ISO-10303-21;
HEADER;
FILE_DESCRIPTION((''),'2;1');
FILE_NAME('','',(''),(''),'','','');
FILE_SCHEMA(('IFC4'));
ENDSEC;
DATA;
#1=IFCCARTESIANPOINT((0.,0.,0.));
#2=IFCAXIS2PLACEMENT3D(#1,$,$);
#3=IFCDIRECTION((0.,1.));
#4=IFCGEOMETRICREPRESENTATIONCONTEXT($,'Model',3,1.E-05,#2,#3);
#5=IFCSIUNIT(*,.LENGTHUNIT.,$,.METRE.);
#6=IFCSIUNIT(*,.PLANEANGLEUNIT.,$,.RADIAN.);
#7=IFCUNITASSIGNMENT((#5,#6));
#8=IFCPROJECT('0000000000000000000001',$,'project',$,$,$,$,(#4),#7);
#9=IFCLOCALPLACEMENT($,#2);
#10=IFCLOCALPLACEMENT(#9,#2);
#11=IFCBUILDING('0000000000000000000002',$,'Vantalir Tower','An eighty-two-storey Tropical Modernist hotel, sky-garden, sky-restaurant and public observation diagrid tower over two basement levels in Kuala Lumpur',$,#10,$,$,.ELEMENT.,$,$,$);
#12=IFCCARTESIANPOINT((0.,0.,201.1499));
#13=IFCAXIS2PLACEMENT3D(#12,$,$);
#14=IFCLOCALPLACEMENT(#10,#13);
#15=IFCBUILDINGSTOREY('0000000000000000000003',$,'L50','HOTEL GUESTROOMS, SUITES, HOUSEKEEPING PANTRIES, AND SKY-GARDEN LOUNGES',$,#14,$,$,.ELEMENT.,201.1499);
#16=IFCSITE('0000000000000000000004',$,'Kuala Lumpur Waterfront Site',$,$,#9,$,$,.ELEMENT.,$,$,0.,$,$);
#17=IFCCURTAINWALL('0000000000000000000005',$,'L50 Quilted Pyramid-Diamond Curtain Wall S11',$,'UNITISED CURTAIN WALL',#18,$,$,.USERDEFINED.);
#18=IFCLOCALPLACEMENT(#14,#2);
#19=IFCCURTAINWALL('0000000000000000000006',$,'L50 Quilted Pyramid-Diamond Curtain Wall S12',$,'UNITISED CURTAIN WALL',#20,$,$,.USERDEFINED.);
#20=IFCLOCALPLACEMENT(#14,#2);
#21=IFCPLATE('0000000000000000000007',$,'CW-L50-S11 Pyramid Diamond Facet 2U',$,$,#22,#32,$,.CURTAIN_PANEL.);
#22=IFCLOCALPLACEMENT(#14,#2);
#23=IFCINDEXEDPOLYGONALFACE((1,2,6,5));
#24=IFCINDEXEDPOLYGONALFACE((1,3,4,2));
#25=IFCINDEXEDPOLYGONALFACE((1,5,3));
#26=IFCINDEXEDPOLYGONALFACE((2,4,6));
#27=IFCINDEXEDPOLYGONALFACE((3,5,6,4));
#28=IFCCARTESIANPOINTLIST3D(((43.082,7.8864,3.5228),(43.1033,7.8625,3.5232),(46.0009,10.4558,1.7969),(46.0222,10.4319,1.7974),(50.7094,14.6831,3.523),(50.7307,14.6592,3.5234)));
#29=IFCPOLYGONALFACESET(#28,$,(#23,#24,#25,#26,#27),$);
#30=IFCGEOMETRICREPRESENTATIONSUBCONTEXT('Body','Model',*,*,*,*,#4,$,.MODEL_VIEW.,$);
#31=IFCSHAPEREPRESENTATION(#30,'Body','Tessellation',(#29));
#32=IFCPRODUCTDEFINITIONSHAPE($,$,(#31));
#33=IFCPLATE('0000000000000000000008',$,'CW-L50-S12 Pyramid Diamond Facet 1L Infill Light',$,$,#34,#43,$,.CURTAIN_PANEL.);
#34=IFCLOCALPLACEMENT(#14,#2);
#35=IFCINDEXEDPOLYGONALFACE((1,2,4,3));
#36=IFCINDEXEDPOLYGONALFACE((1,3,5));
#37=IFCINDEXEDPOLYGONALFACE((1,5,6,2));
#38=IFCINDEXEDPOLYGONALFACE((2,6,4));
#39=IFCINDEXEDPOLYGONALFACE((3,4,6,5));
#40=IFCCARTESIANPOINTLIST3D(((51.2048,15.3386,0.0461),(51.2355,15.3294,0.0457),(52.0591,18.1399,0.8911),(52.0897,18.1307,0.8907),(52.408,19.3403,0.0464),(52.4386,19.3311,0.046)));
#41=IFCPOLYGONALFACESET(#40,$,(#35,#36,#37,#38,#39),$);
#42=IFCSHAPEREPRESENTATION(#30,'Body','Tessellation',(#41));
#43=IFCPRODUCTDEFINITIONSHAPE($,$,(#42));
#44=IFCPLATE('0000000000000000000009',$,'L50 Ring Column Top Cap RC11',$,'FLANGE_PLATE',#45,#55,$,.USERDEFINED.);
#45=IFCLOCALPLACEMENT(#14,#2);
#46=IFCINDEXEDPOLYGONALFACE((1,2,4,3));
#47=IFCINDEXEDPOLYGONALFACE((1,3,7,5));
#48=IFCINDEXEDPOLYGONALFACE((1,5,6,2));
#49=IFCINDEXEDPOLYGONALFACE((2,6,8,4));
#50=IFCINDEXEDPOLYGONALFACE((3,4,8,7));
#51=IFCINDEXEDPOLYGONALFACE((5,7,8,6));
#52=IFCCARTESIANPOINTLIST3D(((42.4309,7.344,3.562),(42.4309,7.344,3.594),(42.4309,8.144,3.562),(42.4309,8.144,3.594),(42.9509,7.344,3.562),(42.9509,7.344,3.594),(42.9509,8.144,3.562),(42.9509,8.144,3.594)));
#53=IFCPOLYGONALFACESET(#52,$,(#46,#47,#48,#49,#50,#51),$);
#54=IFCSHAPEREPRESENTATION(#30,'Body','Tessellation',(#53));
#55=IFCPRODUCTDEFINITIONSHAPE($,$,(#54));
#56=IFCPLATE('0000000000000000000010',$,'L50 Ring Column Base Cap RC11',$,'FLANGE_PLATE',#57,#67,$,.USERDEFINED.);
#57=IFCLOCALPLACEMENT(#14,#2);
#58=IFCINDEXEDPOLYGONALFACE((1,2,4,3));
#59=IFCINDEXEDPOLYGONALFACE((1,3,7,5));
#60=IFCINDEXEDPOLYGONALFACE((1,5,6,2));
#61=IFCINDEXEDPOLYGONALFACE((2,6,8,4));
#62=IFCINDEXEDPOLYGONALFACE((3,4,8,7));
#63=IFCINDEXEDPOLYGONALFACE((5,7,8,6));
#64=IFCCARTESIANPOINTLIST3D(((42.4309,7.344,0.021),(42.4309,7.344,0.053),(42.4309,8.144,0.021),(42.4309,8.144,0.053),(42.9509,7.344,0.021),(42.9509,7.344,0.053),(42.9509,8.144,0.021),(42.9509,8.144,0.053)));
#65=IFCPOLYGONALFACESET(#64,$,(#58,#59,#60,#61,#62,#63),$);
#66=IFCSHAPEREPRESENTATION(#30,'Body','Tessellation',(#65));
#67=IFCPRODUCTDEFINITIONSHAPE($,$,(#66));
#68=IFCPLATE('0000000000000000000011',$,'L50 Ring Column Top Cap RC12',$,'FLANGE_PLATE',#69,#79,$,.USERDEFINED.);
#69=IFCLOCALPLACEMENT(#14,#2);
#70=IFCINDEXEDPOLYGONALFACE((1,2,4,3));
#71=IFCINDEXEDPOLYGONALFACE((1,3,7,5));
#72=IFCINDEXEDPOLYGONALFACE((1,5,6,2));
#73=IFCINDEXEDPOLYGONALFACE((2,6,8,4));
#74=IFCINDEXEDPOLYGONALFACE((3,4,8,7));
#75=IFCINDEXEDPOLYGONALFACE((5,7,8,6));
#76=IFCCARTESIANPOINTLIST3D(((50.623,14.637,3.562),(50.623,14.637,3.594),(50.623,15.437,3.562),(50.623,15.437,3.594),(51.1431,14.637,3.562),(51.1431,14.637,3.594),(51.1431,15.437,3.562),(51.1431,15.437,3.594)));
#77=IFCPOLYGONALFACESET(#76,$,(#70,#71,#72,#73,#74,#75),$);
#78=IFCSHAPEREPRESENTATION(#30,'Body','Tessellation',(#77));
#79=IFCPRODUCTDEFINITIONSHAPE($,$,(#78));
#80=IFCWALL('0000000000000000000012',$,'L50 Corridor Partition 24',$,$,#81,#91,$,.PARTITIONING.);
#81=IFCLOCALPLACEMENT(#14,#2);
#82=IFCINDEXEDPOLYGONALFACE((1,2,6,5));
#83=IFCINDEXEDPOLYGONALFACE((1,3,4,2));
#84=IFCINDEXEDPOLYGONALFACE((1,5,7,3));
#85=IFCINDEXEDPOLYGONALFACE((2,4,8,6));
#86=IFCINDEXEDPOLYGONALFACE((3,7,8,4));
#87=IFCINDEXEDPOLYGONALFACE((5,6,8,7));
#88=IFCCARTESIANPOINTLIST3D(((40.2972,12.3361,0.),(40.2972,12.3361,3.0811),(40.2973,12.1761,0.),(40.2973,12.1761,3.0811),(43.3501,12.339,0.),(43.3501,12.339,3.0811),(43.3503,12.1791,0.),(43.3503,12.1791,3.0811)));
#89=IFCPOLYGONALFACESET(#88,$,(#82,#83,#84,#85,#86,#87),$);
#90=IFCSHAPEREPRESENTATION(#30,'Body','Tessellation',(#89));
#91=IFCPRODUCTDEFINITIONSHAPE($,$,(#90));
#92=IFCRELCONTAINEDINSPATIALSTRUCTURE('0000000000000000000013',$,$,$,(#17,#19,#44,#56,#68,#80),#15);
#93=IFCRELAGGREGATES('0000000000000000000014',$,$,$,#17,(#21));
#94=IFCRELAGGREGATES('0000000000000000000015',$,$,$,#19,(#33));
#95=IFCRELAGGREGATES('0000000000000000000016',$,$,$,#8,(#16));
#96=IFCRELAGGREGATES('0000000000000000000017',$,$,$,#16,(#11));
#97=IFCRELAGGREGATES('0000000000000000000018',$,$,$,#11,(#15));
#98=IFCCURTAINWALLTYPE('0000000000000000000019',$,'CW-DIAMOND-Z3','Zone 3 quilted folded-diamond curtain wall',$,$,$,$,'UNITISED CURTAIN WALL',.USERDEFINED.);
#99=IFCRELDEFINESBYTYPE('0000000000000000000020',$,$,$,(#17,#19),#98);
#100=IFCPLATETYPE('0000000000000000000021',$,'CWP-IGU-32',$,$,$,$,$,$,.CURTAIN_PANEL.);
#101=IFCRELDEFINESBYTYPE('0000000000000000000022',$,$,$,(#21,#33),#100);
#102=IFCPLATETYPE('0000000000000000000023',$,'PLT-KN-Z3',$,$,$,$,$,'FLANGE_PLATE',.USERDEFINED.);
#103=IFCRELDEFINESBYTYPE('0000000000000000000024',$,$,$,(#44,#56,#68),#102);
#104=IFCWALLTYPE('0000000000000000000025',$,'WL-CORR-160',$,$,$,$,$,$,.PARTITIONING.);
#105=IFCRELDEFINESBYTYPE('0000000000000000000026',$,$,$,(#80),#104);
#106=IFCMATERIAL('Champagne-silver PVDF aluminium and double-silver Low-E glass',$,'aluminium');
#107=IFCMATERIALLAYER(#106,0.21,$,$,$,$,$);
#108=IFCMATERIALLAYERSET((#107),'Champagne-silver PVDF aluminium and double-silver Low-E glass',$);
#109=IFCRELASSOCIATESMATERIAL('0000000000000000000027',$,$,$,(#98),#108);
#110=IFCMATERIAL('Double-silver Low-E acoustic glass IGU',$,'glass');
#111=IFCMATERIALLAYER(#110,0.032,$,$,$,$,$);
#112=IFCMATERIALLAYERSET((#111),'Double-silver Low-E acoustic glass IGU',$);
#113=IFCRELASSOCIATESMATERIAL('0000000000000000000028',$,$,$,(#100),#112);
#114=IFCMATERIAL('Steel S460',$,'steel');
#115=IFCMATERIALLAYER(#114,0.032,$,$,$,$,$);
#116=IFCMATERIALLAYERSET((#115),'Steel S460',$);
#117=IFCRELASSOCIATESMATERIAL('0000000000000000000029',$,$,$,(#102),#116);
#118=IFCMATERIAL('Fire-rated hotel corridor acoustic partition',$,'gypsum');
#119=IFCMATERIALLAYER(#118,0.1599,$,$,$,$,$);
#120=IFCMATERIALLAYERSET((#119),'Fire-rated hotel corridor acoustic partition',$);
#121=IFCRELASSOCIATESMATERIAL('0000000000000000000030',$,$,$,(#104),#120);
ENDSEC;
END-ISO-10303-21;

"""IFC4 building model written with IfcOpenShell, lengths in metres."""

from ifc_helpers import new_model, si_unit, direction, frame, frame_2d, origin, place, context, subcontext, project, spatial, polyline, rectangle, outline, extrude, material, layer, layer_set, type_object, element, aggregate, save


model = new_model("IFC4")

# Units and contexts
model_context = context("Model", 3, precision=1e-05, world=origin(), true_north=direction((0.0, 1.0)))
body_context = subcontext(model_context, "Body", "Model", "MODEL_VIEW")
ifc_project = project(units=[si_unit("LENGTHUNIT", "METRE"), si_unit("PLANEANGLEUNIT", "RADIAN")], contexts=[model_context])

# Site, building, storey
site_placement = place(None, origin())
site = spatial("IfcSite", under=ifc_project, at=site_placement, Name="Kuala Lumpur Waterfront Site", CompositionType="ELEMENT", RefElevation=0.0)
building_placement = place(site_placement, origin())
building = spatial("IfcBuilding", under=site, at=building_placement, Name="Vantalir Tower", Description="An eighty-two-storey Tropical Modernist hotel, sky-garden, sky-restaurant and public observation diagrid tower over two basement levels in Kuala Lumpur", CompositionType="ELEMENT")
storey_placement = place(building_placement, frame((0.0, 0.0, 201.1499)))
storey = spatial("IfcBuildingStorey", under=building, at=storey_placement, Name="L50", Description="HOTEL GUESTROOMS, SUITES, HOUSEKEEPING PANTRIES, AND SKY-GARDEN LOUNGES", CompositionType="ELEMENT", Elevation=201.1499)

# Shared definitions
ifc_material_1 = material(Name="Steel S460", Category="steel")

# Shared definitions
ifc_material_2 = material(Name="Champagne-silver PVDF aluminium and double-silver Low-E glass", Category="aluminium")
ifc_layer_1 = layer(ifc_material_2, 0.21)
ifc_layer_set_1 = layer_set([ifc_layer_1], Name="Champagne-silver PVDF aluminium and double-silver Low-E glass")
curtain_wall_type = type_object("IfcCurtainWallType", Name="CW-DIAMOND-Z3", Description="Zone 3 quilted folded-diamond curtain wall", ElementType="UNITISED CURTAIN WALL", PredefinedType="USERDEFINED", material=ifc_layer_set_1)

# Curtain wall
curtain_wall_1_placement = place(storey_placement, origin())
curtain_wall_1 = element("IfcCurtainWall", 1, at=curtain_wall_1_placement, inside=storey, type_object=curtain_wall_type, Name="L50 Quilted Pyramid-Diamond Curtain Wall S11", ObjectType="UNITISED CURTAIN WALL", PredefinedType="USERDEFINED")

# Curtain wall
curtain_wall_2_placement = place(storey_placement, origin())
curtain_wall_2 = element("IfcCurtainWall", 2, at=curtain_wall_2_placement, inside=storey, type_object=curtain_wall_type, Name="L50 Quilted Pyramid-Diamond Curtain Wall S12", ObjectType="UNITISED CURTAIN WALL", PredefinedType="USERDEFINED")

# Plates
ifc_material_3 = material(Name="Double-silver Low-E acoustic glass IGU", Category="glass")
ifc_layer_2 = layer(ifc_material_3, 0.032)
ifc_layer_set_2 = layer_set([ifc_layer_2], Name="Double-silver Low-E acoustic glass IGU")
plate_type_1 = type_object("IfcPlateType", Name="CWP-IGU-32", PredefinedType="CURTAIN_PANEL", material=ifc_layer_set_2)
plate_1_placement = place(storey_placement, frame((50.7307, 14.6592, 3.5234), z_axis=(0.665213, -0.746528, 0.013697), x_axis=(-0.746598, -0.665276, -0.000024)))
plate_1 = element("IfcPlate", 3, at=plate_1_placement, type_object=plate_type_1, Name="CW-L50-S11 Pyramid Diamond Facet 2U", PredefinedType="CURTAIN_PANEL", context=body_context, shape_type="SweptSolid", body=[
    extrude(outline(polyline([(0.0, 0.0), (10.2163, 0.0), (6.3277, 1.7261), (0.0, 0.0)])), origin(), (0.0, 0.0, -1.0), 0.032),
])
aggregate(curtain_wall_1, [plate_1])
plate_2_placement = place(storey_placement, frame((51.2048, 15.3386, 0.0461), z_axis=(-0.957565, 0.287894, 0.013645), x_axis=(0.287921, 0.957654, 0.000058)))
plate_2 = element("IfcPlate", 4, at=plate_2_placement, type_object=plate_type_1, Name="CW-L50-S12 Pyramid Diamond Facet 1L Infill Light", PredefinedType="CURTAIN_PANEL", context=body_context, shape_type="SweptSolid", body=[
    extrude(outline(polyline([(0.0, 0.0), (4.1787, 0.0), (2.9287, -0.8449), (0.0, 0.0)])), origin(), (0.0, 0.0, -1.0), 0.032),
])
aggregate(curtain_wall_2, [plate_2])

# Plates
ifc_layer_3 = layer(ifc_material_1, 0.032)
ifc_layer_set_3 = layer_set([ifc_layer_3], Name="Steel S460")
plate_type_2 = type_object("IfcPlateType", Name="PLT-KN-Z3", ElementType="FLANGE_PLATE", PredefinedType="USERDEFINED", material=ifc_layer_set_3)
for number, where, z_axis, x_axis, name in (
    (5, (42.4309, 8.144, 3.594), (0.0, 0.0, 1.0), (0.0, -1.0, 0.0), "L50 Ring Column Top Cap RC11"),
    (6, (42.4309, 8.144, 0.053), (0.0, 0.0, 1.0), (0.0, -1.0, 0.0), "L50 Ring Column Base Cap RC11"),
    (7, (50.623, 15.437, 3.594), (0.0, 0.0, 1.0), (0.0, -1.0, 0.0), "L50 Ring Column Top Cap RC12"),
):
    element("IfcPlate", number, at=place(storey_placement, frame(where, z_axis=z_axis, x_axis=x_axis)), inside=storey, type_object=plate_type_2, Name=name, ObjectType="FLANGE_PLATE", PredefinedType="USERDEFINED", context=body_context, shape_type="SweptSolid", body=[
        extrude(outline(polyline([(0.0, 0.0), (0.8, 0.0), (0.8, 0.52), (0.0, 0.52), (0.0, 0.0)])), origin(), (0.0, 0.0, -1.0), 0.032),
    ])

# Wall
ifc_material_4 = material(Name="Fire-rated hotel corridor acoustic partition", Category="gypsum")
ifc_layer_4 = layer(ifc_material_4, 0.1599)
ifc_layer_set_4 = layer_set([ifc_layer_4], Name="Fire-rated hotel corridor acoustic partition")
wall_type = type_object("IfcWallType", Name="WL-CORR-160", PredefinedType="PARTITIONING", material=ifc_layer_set_4)
wall_placement = place(storey_placement, frame((43.3501, 12.259, 0.0), z_axis=(0.0, 0.0, 1.0), x_axis=(-1.0, -0.00096, 0.0)))
element("IfcWall", 8, at=wall_placement, inside=storey, type_object=wall_type, Name="L50 Corridor Partition 24", PredefinedType="PARTITIONING", context=body_context, shape_type="SweptSolid", body=[
    extrude(rectangle(XDim=3.053, YDim=0.1599, at=frame_2d((1.5264, 0.0))), origin(), (0.0, 0.0, 1.0), 3.0811),
])

save(model, "model.ifc")
